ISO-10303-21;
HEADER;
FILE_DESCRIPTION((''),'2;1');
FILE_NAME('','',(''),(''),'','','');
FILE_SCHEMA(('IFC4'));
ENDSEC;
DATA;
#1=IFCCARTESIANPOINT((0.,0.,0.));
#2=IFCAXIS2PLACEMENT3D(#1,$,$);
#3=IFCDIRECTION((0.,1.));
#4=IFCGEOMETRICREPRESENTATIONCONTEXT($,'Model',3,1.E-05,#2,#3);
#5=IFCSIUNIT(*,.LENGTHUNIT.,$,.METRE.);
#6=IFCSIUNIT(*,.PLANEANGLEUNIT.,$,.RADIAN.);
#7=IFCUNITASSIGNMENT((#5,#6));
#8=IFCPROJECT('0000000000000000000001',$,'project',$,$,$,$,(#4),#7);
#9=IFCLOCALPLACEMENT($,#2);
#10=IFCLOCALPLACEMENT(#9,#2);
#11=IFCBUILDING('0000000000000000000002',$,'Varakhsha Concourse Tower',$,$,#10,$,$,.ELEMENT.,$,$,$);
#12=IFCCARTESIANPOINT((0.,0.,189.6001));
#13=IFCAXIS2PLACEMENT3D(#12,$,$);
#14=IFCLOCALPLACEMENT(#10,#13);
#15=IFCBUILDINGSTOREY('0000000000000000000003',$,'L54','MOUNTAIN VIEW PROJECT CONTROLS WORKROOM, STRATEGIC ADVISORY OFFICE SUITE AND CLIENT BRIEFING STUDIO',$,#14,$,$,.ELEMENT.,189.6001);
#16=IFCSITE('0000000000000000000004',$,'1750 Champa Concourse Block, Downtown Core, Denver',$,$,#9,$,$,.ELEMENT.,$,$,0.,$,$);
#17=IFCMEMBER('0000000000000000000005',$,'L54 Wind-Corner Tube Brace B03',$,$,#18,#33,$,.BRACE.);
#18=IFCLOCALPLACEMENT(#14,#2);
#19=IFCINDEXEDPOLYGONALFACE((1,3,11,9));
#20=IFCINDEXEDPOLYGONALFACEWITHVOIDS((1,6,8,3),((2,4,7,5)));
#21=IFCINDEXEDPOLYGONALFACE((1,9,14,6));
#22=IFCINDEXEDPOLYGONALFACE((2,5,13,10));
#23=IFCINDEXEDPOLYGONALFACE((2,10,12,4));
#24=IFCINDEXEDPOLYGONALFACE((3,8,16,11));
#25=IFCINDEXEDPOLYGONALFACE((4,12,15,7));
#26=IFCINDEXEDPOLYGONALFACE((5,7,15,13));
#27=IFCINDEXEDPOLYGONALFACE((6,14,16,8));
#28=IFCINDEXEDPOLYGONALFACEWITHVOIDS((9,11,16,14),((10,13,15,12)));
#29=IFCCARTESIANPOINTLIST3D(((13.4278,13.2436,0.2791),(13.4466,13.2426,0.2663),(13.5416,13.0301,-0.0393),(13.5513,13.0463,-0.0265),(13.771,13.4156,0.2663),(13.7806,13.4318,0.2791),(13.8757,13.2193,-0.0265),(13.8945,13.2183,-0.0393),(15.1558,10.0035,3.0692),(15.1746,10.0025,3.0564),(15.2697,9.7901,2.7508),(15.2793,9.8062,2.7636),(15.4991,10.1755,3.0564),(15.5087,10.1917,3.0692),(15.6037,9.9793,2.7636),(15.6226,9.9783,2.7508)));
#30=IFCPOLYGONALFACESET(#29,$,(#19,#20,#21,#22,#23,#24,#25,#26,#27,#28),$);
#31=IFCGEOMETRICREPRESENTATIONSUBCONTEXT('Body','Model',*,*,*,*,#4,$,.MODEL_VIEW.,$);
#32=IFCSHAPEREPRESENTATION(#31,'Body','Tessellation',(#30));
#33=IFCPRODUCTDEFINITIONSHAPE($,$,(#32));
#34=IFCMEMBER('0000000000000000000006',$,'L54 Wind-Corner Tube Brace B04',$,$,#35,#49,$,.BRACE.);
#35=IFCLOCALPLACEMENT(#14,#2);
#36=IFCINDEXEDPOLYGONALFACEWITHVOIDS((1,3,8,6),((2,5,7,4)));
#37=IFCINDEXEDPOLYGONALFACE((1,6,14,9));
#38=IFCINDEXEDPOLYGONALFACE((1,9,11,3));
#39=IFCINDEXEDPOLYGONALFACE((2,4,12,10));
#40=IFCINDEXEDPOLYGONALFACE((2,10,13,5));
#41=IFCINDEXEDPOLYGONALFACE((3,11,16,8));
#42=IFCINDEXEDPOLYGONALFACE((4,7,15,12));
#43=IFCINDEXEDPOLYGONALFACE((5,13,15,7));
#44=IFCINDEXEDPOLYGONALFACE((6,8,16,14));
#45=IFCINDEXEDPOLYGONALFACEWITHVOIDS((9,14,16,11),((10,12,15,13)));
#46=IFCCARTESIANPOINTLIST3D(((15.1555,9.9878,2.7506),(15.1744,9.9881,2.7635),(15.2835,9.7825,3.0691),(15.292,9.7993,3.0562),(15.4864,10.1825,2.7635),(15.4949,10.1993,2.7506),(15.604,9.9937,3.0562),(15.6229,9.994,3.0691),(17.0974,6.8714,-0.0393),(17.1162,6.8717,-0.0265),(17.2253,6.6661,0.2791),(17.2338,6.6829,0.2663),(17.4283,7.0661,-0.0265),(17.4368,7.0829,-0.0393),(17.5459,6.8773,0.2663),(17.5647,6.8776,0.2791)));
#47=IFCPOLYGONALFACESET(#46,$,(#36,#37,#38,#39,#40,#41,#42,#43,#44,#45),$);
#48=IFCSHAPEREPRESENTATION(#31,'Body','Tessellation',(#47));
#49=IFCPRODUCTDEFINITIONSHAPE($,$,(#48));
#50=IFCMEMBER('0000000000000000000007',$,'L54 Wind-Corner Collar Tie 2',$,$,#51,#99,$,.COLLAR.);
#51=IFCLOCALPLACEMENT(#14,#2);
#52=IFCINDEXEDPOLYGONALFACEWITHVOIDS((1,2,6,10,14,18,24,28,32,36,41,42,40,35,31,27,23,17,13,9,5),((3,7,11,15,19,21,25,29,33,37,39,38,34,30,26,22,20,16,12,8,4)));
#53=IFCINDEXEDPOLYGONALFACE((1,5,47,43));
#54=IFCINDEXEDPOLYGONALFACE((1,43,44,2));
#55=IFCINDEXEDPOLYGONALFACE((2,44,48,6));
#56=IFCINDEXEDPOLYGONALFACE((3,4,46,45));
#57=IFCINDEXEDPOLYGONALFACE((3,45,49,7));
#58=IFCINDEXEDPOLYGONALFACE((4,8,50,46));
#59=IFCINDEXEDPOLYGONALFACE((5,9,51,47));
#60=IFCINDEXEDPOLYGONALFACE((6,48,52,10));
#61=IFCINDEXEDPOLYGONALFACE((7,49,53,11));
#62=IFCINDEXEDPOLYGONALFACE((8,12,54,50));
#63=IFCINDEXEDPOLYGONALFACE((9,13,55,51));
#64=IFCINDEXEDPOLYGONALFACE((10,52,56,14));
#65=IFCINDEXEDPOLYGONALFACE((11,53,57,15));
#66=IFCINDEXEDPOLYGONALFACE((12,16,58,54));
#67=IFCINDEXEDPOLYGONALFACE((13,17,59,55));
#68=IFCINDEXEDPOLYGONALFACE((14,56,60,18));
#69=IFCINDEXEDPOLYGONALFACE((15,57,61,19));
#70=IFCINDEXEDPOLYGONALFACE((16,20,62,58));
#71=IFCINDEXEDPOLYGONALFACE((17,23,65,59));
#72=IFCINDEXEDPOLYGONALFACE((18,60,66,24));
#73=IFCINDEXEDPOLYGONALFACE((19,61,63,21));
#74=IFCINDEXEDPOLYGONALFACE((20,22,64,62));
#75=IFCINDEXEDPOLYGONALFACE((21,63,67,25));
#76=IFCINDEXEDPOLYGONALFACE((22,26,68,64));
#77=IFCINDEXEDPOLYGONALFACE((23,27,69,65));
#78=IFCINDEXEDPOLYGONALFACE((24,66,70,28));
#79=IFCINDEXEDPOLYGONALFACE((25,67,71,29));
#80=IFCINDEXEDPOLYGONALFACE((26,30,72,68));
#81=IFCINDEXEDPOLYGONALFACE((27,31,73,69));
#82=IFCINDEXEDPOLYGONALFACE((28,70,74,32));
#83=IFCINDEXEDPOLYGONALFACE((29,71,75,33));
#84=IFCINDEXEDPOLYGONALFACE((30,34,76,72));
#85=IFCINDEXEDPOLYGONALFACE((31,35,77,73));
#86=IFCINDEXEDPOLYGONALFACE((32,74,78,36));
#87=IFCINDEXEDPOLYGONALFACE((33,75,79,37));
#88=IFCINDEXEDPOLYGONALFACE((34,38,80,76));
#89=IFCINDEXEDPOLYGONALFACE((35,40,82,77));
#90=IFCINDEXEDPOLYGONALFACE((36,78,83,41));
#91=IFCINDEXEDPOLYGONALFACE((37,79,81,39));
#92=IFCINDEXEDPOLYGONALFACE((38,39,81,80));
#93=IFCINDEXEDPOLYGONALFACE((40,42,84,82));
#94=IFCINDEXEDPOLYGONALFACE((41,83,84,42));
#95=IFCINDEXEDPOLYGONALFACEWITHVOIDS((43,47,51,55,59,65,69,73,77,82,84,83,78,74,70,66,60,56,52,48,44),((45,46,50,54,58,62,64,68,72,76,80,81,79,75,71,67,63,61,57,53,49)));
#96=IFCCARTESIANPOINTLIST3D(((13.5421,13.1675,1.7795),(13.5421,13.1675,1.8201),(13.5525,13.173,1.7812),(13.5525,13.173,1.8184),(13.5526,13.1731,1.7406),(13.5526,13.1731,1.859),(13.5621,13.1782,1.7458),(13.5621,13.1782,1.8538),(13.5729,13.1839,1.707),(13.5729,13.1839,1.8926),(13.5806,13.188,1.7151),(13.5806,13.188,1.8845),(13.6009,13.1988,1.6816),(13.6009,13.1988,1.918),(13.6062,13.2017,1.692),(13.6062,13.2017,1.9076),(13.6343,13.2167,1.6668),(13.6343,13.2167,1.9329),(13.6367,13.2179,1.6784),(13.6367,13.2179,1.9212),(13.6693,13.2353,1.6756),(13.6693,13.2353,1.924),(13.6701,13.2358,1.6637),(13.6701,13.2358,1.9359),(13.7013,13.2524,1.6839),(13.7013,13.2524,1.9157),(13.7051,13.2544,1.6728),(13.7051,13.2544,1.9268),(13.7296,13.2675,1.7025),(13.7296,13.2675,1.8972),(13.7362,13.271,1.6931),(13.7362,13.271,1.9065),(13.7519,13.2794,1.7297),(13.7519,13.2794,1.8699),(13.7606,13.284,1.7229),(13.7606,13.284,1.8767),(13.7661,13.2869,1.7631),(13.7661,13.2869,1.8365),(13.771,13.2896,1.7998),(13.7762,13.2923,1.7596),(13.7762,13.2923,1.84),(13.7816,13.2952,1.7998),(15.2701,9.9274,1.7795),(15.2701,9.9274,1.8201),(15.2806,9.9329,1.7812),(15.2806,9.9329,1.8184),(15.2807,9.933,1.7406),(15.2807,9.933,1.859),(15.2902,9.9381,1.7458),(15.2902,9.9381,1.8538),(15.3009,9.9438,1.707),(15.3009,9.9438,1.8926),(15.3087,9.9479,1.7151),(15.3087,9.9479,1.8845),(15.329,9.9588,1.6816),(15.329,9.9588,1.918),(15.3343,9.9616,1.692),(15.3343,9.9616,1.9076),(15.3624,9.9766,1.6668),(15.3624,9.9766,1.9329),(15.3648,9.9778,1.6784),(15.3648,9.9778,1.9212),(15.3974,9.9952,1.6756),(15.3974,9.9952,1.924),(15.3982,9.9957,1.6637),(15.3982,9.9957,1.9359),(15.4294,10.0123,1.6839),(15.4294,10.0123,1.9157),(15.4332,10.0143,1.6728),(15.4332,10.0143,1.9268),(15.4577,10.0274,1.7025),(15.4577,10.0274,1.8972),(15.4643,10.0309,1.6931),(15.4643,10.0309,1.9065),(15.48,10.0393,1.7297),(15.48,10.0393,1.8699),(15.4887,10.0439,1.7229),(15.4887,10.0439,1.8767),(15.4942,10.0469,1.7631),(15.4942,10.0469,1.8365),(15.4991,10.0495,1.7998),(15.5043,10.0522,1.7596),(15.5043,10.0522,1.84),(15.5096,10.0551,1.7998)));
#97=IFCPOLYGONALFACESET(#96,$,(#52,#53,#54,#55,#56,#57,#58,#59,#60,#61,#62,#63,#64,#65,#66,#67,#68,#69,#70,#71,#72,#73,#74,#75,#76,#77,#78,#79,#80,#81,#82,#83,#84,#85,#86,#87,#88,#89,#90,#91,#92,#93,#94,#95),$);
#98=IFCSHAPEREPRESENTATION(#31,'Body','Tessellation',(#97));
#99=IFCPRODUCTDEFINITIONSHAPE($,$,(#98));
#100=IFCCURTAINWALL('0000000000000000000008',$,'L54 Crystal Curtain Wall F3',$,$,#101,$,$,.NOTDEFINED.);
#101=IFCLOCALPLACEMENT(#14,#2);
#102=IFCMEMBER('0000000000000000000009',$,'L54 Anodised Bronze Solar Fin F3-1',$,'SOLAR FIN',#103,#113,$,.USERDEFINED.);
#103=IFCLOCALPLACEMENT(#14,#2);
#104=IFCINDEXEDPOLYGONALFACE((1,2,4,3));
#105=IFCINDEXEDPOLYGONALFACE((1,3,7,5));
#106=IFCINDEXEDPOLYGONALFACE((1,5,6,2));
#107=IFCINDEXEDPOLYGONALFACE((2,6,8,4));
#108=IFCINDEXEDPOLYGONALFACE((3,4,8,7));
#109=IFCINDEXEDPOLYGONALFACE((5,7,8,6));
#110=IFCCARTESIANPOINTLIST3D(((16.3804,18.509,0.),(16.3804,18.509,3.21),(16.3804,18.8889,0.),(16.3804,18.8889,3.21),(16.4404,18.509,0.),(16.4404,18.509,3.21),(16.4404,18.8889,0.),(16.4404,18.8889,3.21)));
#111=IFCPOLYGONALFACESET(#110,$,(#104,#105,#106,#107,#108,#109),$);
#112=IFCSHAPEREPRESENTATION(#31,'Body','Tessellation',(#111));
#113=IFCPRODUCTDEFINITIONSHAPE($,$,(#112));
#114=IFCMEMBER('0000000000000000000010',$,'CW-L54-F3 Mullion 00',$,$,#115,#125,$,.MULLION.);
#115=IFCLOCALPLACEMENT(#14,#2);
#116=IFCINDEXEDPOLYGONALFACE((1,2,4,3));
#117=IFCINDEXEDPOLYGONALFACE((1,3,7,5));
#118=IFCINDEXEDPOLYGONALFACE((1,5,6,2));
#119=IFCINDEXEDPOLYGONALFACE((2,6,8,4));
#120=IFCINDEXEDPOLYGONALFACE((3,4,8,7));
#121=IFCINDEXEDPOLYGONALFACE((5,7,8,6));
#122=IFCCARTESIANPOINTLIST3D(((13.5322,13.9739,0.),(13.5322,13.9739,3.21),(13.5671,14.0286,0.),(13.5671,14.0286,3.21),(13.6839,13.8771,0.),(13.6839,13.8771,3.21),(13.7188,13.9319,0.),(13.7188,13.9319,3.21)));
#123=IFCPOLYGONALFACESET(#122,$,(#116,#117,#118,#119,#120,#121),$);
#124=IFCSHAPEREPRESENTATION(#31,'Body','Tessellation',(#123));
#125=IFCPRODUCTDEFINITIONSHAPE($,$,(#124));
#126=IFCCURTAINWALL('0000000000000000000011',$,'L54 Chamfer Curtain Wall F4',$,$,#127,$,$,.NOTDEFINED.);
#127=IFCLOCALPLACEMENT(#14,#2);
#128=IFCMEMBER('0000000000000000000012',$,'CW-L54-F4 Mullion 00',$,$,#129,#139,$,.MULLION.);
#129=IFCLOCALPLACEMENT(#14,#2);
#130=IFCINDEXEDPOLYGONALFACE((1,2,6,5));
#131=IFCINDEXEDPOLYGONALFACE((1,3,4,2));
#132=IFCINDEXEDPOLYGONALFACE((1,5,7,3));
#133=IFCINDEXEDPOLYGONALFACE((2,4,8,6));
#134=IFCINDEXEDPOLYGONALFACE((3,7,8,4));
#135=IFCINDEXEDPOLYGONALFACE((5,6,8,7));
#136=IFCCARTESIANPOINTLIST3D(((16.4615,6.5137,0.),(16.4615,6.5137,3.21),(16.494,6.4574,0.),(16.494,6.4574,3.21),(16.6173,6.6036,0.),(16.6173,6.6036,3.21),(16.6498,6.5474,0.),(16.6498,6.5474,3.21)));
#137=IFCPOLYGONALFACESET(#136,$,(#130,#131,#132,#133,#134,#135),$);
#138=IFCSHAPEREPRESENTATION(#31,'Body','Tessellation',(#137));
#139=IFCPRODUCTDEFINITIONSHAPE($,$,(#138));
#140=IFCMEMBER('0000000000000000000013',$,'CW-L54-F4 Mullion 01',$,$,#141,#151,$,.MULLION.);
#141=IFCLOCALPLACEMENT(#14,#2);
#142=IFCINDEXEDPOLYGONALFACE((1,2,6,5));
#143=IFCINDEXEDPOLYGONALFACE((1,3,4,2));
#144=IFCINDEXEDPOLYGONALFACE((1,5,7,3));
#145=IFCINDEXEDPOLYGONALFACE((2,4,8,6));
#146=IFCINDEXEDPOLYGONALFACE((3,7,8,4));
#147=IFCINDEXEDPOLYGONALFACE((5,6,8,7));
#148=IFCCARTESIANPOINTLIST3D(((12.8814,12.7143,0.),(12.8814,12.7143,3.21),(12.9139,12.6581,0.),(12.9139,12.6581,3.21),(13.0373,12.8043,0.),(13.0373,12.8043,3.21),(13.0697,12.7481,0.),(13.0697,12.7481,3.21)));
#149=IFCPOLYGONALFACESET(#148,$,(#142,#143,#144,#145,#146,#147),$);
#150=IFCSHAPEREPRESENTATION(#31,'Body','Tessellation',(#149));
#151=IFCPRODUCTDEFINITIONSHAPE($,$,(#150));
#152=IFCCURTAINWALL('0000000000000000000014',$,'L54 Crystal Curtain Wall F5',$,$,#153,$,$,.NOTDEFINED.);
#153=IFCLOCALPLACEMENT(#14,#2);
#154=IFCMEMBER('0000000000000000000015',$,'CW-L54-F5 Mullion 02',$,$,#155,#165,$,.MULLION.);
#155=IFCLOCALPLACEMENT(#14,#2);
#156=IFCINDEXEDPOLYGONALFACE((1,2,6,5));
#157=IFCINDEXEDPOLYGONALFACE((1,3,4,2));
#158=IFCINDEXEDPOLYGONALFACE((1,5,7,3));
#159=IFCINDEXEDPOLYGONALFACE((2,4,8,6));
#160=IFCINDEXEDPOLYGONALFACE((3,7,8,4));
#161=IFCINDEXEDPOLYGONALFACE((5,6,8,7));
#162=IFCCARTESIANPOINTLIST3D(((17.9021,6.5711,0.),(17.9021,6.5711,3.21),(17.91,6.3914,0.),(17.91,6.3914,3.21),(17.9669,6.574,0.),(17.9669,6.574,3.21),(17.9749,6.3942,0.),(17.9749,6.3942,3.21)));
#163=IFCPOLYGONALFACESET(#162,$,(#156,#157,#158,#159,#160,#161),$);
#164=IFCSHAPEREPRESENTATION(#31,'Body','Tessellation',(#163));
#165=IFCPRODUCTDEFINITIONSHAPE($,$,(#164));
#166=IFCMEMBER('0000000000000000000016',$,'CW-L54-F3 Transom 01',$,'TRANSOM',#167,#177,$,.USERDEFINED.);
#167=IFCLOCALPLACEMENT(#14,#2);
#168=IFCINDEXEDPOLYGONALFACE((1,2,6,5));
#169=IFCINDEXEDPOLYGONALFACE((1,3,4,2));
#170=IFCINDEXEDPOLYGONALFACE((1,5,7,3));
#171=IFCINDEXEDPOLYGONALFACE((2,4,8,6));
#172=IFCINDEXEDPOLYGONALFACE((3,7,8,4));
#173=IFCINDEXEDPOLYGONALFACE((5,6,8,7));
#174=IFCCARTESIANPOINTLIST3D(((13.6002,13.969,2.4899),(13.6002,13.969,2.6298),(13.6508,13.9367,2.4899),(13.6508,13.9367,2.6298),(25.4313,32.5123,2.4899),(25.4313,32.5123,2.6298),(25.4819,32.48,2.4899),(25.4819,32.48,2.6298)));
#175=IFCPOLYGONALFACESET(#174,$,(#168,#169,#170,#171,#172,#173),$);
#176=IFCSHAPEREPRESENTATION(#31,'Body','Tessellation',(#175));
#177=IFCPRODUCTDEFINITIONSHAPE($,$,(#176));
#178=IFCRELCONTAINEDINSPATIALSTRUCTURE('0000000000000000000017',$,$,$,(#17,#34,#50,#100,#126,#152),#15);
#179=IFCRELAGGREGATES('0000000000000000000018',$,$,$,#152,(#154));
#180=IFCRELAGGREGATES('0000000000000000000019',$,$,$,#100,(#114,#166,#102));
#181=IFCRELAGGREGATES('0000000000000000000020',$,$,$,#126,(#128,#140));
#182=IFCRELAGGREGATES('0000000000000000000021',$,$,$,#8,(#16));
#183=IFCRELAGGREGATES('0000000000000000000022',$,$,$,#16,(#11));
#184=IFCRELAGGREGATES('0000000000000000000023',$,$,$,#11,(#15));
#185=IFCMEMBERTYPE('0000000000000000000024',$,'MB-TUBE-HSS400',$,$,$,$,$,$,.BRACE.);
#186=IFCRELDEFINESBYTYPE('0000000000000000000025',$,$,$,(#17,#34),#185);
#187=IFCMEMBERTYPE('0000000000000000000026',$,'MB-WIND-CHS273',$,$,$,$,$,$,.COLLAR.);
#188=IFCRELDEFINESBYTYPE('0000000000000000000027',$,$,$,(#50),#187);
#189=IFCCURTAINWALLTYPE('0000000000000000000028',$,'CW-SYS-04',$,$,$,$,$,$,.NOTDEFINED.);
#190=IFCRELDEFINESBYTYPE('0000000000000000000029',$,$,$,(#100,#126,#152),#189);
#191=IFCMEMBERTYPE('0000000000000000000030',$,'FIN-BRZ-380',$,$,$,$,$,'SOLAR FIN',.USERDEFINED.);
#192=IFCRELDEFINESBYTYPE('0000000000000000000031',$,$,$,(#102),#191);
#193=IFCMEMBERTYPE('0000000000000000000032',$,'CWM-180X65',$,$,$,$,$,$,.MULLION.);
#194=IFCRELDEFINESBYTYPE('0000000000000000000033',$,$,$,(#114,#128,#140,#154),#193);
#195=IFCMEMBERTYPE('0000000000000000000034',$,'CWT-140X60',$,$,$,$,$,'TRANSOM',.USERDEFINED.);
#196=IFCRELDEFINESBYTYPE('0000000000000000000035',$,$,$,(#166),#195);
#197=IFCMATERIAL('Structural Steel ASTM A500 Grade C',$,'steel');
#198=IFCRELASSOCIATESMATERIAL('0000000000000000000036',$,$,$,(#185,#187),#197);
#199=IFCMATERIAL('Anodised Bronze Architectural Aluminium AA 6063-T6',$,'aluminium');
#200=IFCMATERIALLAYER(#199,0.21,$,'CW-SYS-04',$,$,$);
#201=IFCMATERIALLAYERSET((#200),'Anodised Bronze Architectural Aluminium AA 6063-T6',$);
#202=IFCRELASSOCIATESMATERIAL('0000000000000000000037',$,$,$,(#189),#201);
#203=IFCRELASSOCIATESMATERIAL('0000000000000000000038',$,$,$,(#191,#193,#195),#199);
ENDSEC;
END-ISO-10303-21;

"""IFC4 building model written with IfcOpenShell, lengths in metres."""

from ifc_helpers import new_model, si_unit, direction, frame, origin, origin_2d, place, context, subcontext, project, spatial, rectangle, hollow_rectangle, hollow_circle, extrude, source, transform, mapped, material, layer, layer_set, material_profile, profile_set, type_object, type_shapes, element, aggregate, save


model = new_model("IFC4")

# Units and contexts
model_context = context("Model", 3, precision=1e-05, world=origin(), true_north=direction((0.0, 1.0)))
body_context = subcontext(model_context, "Body", "Model", "MODEL_VIEW")
ifc_project = project(units=[si_unit("LENGTHUNIT", "METRE"), si_unit("PLANEANGLEUNIT", "RADIAN")], contexts=[model_context])

# Site, building, storey
site_placement = place(None, origin())
site = spatial("IfcSite", under=ifc_project, at=site_placement, Name="1750 Champa Concourse Block, Downtown Core, Denver", CompositionType="ELEMENT", RefElevation=0.0)
building_placement = place(site_placement, origin())
building = spatial("IfcBuilding", under=site, at=building_placement, Name="Varakhsha Concourse Tower", CompositionType="ELEMENT")
storey_placement = place(building_placement, frame((0.0, 0.0, 189.6001)))
storey = spatial("IfcBuildingStorey", under=building, at=storey_placement, Name="L54", Description="MOUNTAIN VIEW PROJECT CONTROLS WORKROOM, STRATEGIC ADVISORY OFFICE SUITE AND CLIENT BRIEFING STUDIO", CompositionType="ELEMENT", Elevation=189.6001)

# Members
ifc_material_1 = material(Name="Structural Steel ASTM A500 Grade C", Category="steel")
ifc_material_profile_1 = material_profile(ifc_material_1, hollow_rectangle(XDim=0.3999, YDim=0.3999, WallThickness=0.0161, at=origin_2d()), Name="HSS 400x400x16")
ifc_profile_set_1 = profile_set([ifc_material_profile_1], Name="Structural Steel ASTM A500 Grade C")
member_type_1 = type_object("IfcMemberType", Name="MB-TUBE-HSS400", PredefinedType="BRACE", material=ifc_profile_set_1)
shared_shape_1 = source(origin(), body_context, "Body", "SweptSolid", [
    extrude(hollow_rectangle(XDim=0.3999, YDim=0.3999, WallThickness=0.0161, at=origin_2d()), origin(), (0.0, 0.0, 1.0), 4.6118),
])
member_1_placement = place(storey_placement, frame((13.6611, 13.231, 0.1199), z_axis=(0.374704, -0.702556, 0.604989), x_axis=(0.882349, 0.470595, 0.0)))
element("IfcMember", 1, at=member_1_placement, inside=storey, type_object=member_type_1, Name="L54 Wind-Corner Tube Brace B03", PredefinedType="BRACE", context=body_context, shape_type="MappedRepresentation", body=[
    mapped(shared_shape_1, transform((0.0, 0.0, 0.0), scale=1.0)),
])
shared_shape_2 = source(origin(), body_context, "Body", "SweptSolid", [
    extrude(hollow_rectangle(XDim=0.3999, YDim=0.3999, WallThickness=0.0161, at=origin_2d()), origin(), (0.0, 0.0, 1.0), 4.6116),
])
type_shapes(member_type_1, [shared_shape_1, shared_shape_2])
member_2_placement = place(storey_placement, frame((17.3311, 6.8745, 0.1199), z_axis=(-0.421082, 0.675775, 0.604994), x_axis=(-0.848718, -0.528845, 0.0)))
element("IfcMember", 2, at=member_2_placement, inside=storey, type_object=member_type_1, Name="L54 Wind-Corner Tube Brace B04", PredefinedType="BRACE", context=body_context, shape_type="MappedRepresentation", body=[
    mapped(shared_shape_2, transform((0.0, 0.0, 0.0), scale=1.0)),
])
ifc_material_profile_2 = material_profile(ifc_material_1, hollow_circle(Radius=0.1365, WallThickness=0.012, at=origin_2d()), Name="CHS 273x12")
ifc_profile_set_2 = profile_set([ifc_material_profile_2], Name="Structural Steel ASTM A500 Grade C")
member_type_2 = type_object("IfcMemberType", Name="MB-WIND-CHS273", PredefinedType="COLLAR", material=ifc_profile_set_2)
shared_shape_3 = source(origin(), body_context, "Body", "SweptSolid", [
    extrude(hollow_circle(Radius=0.1365, WallThickness=0.012, at=origin_2d()), origin(), (0.0, 0.0, 1.0), 3.6721),
])
type_shapes(member_type_2, [shared_shape_3])
member_3_placement = place(storey_placement, frame((13.6611, 13.231, 1.7998), z_axis=(0.470595, -0.882349, 0.0), x_axis=(0.882349, 0.470595, 0.0)))
element("IfcMember", 3, at=member_3_placement, inside=storey, type_object=member_type_2, Name="L54 Wind-Corner Collar Tie 2", PredefinedType="COLLAR", context=body_context, shape_type="MappedRepresentation", body=[
    mapped(shared_shape_3, transform((0.0, 0.0, 0.0), scale=1.0)),
])

# Curtain walls, members
ifc_material_2 = material(Name="Anodised Bronze Architectural Aluminium AA 6063-T6", Category="aluminium")
ifc_layer_1 = layer(ifc_material_2, 0.21, Name="CW-SYS-04")
ifc_layer_set_1 = layer_set([ifc_layer_1], Name="Anodised Bronze Architectural Aluminium AA 6063-T6")
curtain_wall_type = type_object("IfcCurtainWallType", Name="CW-SYS-04", PredefinedType="NOTDEFINED", material=ifc_layer_set_1)
curtain_wall_1_placement = place(storey_placement, origin())
curtain_wall_1 = element("IfcCurtainWall", 4, at=curtain_wall_1_placement, inside=storey, type_object=curtain_wall_type, Name="L54 Crystal Curtain Wall F3", PredefinedType="NOTDEFINED")
ifc_material_profile_3 = material_profile(ifc_material_2, rectangle(XDim=0.0601, YDim=0.3799, at=origin_2d()), Name="FIN-BRZ-380")
ifc_profile_set_3 = profile_set([ifc_material_profile_3], Name="Anodised Bronze Architectural Aluminium AA 6063-T6")
member_type_3 = type_object("IfcMemberType", Name="FIN-BRZ-380", ElementType="SOLAR FIN", PredefinedType="USERDEFINED", material=ifc_profile_set_3)
shared_shape_4 = source(origin(), body_context, "Body", "SweptSolid", [
    extrude(rectangle(XDim=0.0601, YDim=0.3799, at=origin_2d()), origin(), (0.0, 0.0, 1.0), 3.21),
])
type_shapes(member_type_3, [shared_shape_4])
member_4_placement = place(storey_placement, frame((16.4104, 18.699, 0.0), z_axis=(0.0, 0.0, 1.0), x_axis=(1.0, 0.0, 0.0)))
member_4 = element("IfcMember", 5, at=member_4_placement, type_object=member_type_3, Name="L54 Anodised Bronze Solar Fin F3-1", ObjectType="SOLAR FIN", PredefinedType="USERDEFINED", context=body_context, shape_type="MappedRepresentation", body=[
    mapped(shared_shape_4, transform((0.0, 0.0, 0.0), scale=1.0)),
])
ifc_material_profile_4 = material_profile(ifc_material_2, rectangle(XDim=0.0649, YDim=0.1799, at=origin_2d()), Name="CWM-180X65")
ifc_profile_set_4 = profile_set([ifc_material_profile_4], Name="Anodised Bronze Architectural Aluminium AA 6063-T6")
member_type_4 = type_object("IfcMemberType", Name="CWM-180X65", PredefinedType="MULLION", material=ifc_profile_set_4)
shared_shape_5 = source(origin(), body_context, "Body", "SweptSolid", [
    extrude(rectangle(XDim=0.0649, YDim=0.1799, at=origin_2d()), origin(), (0.0, 0.0, 1.0), 3.21),
])
type_shapes(member_type_4, [shared_shape_5])
member_5_placement = place(storey_placement, frame((13.6255, 13.9529, 0.0), z_axis=(0.0, 0.0, 1.0), x_axis=(0.537863, 0.843032, 0.0)))
member_5 = element("IfcMember", 6, at=member_5_placement, type_object=member_type_4, Name="CW-L54-F3 Mullion 00", PredefinedType="MULLION", context=body_context, shape_type="MappedRepresentation", body=[
    mapped(shared_shape_5, transform((0.0, 0.0, 0.0), scale=1.0)),
])
curtain_wall_2_placement = place(storey_placement, origin())
curtain_wall_2 = element("IfcCurtainWall", 7, at=curtain_wall_2_placement, inside=storey, type_object=curtain_wall_type, Name="L54 Chamfer Curtain Wall F4", PredefinedType="NOTDEFINED")
member_6_placement = place(storey_placement, frame((16.5557, 6.5305, 0.0), z_axis=(0.0, 0.0, 1.0), x_axis=(-0.499997, 0.866027, 0.0)))
member_6 = element("IfcMember", 8, at=member_6_placement, type_object=member_type_4, Name="CW-L54-F4 Mullion 00", PredefinedType="MULLION", context=body_context, shape_type="MappedRepresentation", body=[
    mapped(shared_shape_5, transform((0.0, 0.0, 0.0), scale=1.0)),
])
member_7_placement = place(storey_placement, frame((12.9756, 12.7312, 0.0), z_axis=(0.0, 0.0, 1.0), x_axis=(-0.499997, 0.866027, 0.0)))
member_7 = element("IfcMember", 9, at=member_7_placement, type_object=member_type_4, Name="CW-L54-F4 Mullion 01", PredefinedType="MULLION", context=body_context, shape_type="MappedRepresentation", body=[
    mapped(shared_shape_5, transform((0.0, 0.0, 0.0), scale=1.0)),
])

# Curtain wall, member
curtain_wall_3_placement = place(storey_placement, origin())
curtain_wall_3 = element("IfcCurtainWall", 10, at=curtain_wall_3_placement, inside=storey, type_object=curtain_wall_type, Name="L54 Crystal Curtain Wall F5", PredefinedType="NOTDEFINED")
member_8_placement = place(storey_placement, frame((17.9385, 6.4827, 0.0), z_axis=(0.0, 0.0, 1.0), x_axis=(-0.999019, -0.044285, 0.0)))
member_8 = element("IfcMember", 11, at=member_8_placement, type_object=member_type_4, Name="CW-L54-F5 Mullion 02", PredefinedType="MULLION", context=body_context, shape_type="MappedRepresentation", body=[
    mapped(shared_shape_5, transform((0.0, 0.0, 0.0), scale=1.0)),
])
aggregate(curtain_wall_3, [member_8])

# Member
ifc_material_profile_5 = material_profile(ifc_material_2, rectangle(XDim=0.0601, YDim=0.1399, at=origin_2d()), Name="CWT-140X60")
ifc_profile_set_5 = profile_set([ifc_material_profile_5], Name="Anodised Bronze Architectural Aluminium AA 6063-T6")
member_type_5 = type_object("IfcMemberType", Name="CWT-140X60", ElementType="TRANSOM", PredefinedType="USERDEFINED", material=ifc_profile_set_5)
shared_shape_6 = source(origin(), body_context, "Body", "SweptSolid", [
    extrude(rectangle(XDim=0.0601, YDim=0.1399, at=origin_2d()), origin(), (0.0, 0.0, 1.0), 21.9961),
])
member_9_placement = place(storey_placement, frame((13.6255, 13.9529, 2.5598), z_axis=(0.537873, 0.843026, 0.0), x_axis=(-0.843026, 0.537873, 0.0)))
member_9 = element("IfcMember", 12, at=member_9_placement, type_object=member_type_5, Name="CW-L54-F3 Transom 01", ObjectType="TRANSOM", PredefinedType="USERDEFINED", context=body_context, shape_type="MappedRepresentation", body=[
    mapped(shared_shape_6, transform((0.0, 0.0, 0.0), scale=1.0)),
])

aggregate(curtain_wall_1, [member_5, member_9, member_4])
aggregate(curtain_wall_2, [member_6, member_7])

save(model, "model.ifc")
